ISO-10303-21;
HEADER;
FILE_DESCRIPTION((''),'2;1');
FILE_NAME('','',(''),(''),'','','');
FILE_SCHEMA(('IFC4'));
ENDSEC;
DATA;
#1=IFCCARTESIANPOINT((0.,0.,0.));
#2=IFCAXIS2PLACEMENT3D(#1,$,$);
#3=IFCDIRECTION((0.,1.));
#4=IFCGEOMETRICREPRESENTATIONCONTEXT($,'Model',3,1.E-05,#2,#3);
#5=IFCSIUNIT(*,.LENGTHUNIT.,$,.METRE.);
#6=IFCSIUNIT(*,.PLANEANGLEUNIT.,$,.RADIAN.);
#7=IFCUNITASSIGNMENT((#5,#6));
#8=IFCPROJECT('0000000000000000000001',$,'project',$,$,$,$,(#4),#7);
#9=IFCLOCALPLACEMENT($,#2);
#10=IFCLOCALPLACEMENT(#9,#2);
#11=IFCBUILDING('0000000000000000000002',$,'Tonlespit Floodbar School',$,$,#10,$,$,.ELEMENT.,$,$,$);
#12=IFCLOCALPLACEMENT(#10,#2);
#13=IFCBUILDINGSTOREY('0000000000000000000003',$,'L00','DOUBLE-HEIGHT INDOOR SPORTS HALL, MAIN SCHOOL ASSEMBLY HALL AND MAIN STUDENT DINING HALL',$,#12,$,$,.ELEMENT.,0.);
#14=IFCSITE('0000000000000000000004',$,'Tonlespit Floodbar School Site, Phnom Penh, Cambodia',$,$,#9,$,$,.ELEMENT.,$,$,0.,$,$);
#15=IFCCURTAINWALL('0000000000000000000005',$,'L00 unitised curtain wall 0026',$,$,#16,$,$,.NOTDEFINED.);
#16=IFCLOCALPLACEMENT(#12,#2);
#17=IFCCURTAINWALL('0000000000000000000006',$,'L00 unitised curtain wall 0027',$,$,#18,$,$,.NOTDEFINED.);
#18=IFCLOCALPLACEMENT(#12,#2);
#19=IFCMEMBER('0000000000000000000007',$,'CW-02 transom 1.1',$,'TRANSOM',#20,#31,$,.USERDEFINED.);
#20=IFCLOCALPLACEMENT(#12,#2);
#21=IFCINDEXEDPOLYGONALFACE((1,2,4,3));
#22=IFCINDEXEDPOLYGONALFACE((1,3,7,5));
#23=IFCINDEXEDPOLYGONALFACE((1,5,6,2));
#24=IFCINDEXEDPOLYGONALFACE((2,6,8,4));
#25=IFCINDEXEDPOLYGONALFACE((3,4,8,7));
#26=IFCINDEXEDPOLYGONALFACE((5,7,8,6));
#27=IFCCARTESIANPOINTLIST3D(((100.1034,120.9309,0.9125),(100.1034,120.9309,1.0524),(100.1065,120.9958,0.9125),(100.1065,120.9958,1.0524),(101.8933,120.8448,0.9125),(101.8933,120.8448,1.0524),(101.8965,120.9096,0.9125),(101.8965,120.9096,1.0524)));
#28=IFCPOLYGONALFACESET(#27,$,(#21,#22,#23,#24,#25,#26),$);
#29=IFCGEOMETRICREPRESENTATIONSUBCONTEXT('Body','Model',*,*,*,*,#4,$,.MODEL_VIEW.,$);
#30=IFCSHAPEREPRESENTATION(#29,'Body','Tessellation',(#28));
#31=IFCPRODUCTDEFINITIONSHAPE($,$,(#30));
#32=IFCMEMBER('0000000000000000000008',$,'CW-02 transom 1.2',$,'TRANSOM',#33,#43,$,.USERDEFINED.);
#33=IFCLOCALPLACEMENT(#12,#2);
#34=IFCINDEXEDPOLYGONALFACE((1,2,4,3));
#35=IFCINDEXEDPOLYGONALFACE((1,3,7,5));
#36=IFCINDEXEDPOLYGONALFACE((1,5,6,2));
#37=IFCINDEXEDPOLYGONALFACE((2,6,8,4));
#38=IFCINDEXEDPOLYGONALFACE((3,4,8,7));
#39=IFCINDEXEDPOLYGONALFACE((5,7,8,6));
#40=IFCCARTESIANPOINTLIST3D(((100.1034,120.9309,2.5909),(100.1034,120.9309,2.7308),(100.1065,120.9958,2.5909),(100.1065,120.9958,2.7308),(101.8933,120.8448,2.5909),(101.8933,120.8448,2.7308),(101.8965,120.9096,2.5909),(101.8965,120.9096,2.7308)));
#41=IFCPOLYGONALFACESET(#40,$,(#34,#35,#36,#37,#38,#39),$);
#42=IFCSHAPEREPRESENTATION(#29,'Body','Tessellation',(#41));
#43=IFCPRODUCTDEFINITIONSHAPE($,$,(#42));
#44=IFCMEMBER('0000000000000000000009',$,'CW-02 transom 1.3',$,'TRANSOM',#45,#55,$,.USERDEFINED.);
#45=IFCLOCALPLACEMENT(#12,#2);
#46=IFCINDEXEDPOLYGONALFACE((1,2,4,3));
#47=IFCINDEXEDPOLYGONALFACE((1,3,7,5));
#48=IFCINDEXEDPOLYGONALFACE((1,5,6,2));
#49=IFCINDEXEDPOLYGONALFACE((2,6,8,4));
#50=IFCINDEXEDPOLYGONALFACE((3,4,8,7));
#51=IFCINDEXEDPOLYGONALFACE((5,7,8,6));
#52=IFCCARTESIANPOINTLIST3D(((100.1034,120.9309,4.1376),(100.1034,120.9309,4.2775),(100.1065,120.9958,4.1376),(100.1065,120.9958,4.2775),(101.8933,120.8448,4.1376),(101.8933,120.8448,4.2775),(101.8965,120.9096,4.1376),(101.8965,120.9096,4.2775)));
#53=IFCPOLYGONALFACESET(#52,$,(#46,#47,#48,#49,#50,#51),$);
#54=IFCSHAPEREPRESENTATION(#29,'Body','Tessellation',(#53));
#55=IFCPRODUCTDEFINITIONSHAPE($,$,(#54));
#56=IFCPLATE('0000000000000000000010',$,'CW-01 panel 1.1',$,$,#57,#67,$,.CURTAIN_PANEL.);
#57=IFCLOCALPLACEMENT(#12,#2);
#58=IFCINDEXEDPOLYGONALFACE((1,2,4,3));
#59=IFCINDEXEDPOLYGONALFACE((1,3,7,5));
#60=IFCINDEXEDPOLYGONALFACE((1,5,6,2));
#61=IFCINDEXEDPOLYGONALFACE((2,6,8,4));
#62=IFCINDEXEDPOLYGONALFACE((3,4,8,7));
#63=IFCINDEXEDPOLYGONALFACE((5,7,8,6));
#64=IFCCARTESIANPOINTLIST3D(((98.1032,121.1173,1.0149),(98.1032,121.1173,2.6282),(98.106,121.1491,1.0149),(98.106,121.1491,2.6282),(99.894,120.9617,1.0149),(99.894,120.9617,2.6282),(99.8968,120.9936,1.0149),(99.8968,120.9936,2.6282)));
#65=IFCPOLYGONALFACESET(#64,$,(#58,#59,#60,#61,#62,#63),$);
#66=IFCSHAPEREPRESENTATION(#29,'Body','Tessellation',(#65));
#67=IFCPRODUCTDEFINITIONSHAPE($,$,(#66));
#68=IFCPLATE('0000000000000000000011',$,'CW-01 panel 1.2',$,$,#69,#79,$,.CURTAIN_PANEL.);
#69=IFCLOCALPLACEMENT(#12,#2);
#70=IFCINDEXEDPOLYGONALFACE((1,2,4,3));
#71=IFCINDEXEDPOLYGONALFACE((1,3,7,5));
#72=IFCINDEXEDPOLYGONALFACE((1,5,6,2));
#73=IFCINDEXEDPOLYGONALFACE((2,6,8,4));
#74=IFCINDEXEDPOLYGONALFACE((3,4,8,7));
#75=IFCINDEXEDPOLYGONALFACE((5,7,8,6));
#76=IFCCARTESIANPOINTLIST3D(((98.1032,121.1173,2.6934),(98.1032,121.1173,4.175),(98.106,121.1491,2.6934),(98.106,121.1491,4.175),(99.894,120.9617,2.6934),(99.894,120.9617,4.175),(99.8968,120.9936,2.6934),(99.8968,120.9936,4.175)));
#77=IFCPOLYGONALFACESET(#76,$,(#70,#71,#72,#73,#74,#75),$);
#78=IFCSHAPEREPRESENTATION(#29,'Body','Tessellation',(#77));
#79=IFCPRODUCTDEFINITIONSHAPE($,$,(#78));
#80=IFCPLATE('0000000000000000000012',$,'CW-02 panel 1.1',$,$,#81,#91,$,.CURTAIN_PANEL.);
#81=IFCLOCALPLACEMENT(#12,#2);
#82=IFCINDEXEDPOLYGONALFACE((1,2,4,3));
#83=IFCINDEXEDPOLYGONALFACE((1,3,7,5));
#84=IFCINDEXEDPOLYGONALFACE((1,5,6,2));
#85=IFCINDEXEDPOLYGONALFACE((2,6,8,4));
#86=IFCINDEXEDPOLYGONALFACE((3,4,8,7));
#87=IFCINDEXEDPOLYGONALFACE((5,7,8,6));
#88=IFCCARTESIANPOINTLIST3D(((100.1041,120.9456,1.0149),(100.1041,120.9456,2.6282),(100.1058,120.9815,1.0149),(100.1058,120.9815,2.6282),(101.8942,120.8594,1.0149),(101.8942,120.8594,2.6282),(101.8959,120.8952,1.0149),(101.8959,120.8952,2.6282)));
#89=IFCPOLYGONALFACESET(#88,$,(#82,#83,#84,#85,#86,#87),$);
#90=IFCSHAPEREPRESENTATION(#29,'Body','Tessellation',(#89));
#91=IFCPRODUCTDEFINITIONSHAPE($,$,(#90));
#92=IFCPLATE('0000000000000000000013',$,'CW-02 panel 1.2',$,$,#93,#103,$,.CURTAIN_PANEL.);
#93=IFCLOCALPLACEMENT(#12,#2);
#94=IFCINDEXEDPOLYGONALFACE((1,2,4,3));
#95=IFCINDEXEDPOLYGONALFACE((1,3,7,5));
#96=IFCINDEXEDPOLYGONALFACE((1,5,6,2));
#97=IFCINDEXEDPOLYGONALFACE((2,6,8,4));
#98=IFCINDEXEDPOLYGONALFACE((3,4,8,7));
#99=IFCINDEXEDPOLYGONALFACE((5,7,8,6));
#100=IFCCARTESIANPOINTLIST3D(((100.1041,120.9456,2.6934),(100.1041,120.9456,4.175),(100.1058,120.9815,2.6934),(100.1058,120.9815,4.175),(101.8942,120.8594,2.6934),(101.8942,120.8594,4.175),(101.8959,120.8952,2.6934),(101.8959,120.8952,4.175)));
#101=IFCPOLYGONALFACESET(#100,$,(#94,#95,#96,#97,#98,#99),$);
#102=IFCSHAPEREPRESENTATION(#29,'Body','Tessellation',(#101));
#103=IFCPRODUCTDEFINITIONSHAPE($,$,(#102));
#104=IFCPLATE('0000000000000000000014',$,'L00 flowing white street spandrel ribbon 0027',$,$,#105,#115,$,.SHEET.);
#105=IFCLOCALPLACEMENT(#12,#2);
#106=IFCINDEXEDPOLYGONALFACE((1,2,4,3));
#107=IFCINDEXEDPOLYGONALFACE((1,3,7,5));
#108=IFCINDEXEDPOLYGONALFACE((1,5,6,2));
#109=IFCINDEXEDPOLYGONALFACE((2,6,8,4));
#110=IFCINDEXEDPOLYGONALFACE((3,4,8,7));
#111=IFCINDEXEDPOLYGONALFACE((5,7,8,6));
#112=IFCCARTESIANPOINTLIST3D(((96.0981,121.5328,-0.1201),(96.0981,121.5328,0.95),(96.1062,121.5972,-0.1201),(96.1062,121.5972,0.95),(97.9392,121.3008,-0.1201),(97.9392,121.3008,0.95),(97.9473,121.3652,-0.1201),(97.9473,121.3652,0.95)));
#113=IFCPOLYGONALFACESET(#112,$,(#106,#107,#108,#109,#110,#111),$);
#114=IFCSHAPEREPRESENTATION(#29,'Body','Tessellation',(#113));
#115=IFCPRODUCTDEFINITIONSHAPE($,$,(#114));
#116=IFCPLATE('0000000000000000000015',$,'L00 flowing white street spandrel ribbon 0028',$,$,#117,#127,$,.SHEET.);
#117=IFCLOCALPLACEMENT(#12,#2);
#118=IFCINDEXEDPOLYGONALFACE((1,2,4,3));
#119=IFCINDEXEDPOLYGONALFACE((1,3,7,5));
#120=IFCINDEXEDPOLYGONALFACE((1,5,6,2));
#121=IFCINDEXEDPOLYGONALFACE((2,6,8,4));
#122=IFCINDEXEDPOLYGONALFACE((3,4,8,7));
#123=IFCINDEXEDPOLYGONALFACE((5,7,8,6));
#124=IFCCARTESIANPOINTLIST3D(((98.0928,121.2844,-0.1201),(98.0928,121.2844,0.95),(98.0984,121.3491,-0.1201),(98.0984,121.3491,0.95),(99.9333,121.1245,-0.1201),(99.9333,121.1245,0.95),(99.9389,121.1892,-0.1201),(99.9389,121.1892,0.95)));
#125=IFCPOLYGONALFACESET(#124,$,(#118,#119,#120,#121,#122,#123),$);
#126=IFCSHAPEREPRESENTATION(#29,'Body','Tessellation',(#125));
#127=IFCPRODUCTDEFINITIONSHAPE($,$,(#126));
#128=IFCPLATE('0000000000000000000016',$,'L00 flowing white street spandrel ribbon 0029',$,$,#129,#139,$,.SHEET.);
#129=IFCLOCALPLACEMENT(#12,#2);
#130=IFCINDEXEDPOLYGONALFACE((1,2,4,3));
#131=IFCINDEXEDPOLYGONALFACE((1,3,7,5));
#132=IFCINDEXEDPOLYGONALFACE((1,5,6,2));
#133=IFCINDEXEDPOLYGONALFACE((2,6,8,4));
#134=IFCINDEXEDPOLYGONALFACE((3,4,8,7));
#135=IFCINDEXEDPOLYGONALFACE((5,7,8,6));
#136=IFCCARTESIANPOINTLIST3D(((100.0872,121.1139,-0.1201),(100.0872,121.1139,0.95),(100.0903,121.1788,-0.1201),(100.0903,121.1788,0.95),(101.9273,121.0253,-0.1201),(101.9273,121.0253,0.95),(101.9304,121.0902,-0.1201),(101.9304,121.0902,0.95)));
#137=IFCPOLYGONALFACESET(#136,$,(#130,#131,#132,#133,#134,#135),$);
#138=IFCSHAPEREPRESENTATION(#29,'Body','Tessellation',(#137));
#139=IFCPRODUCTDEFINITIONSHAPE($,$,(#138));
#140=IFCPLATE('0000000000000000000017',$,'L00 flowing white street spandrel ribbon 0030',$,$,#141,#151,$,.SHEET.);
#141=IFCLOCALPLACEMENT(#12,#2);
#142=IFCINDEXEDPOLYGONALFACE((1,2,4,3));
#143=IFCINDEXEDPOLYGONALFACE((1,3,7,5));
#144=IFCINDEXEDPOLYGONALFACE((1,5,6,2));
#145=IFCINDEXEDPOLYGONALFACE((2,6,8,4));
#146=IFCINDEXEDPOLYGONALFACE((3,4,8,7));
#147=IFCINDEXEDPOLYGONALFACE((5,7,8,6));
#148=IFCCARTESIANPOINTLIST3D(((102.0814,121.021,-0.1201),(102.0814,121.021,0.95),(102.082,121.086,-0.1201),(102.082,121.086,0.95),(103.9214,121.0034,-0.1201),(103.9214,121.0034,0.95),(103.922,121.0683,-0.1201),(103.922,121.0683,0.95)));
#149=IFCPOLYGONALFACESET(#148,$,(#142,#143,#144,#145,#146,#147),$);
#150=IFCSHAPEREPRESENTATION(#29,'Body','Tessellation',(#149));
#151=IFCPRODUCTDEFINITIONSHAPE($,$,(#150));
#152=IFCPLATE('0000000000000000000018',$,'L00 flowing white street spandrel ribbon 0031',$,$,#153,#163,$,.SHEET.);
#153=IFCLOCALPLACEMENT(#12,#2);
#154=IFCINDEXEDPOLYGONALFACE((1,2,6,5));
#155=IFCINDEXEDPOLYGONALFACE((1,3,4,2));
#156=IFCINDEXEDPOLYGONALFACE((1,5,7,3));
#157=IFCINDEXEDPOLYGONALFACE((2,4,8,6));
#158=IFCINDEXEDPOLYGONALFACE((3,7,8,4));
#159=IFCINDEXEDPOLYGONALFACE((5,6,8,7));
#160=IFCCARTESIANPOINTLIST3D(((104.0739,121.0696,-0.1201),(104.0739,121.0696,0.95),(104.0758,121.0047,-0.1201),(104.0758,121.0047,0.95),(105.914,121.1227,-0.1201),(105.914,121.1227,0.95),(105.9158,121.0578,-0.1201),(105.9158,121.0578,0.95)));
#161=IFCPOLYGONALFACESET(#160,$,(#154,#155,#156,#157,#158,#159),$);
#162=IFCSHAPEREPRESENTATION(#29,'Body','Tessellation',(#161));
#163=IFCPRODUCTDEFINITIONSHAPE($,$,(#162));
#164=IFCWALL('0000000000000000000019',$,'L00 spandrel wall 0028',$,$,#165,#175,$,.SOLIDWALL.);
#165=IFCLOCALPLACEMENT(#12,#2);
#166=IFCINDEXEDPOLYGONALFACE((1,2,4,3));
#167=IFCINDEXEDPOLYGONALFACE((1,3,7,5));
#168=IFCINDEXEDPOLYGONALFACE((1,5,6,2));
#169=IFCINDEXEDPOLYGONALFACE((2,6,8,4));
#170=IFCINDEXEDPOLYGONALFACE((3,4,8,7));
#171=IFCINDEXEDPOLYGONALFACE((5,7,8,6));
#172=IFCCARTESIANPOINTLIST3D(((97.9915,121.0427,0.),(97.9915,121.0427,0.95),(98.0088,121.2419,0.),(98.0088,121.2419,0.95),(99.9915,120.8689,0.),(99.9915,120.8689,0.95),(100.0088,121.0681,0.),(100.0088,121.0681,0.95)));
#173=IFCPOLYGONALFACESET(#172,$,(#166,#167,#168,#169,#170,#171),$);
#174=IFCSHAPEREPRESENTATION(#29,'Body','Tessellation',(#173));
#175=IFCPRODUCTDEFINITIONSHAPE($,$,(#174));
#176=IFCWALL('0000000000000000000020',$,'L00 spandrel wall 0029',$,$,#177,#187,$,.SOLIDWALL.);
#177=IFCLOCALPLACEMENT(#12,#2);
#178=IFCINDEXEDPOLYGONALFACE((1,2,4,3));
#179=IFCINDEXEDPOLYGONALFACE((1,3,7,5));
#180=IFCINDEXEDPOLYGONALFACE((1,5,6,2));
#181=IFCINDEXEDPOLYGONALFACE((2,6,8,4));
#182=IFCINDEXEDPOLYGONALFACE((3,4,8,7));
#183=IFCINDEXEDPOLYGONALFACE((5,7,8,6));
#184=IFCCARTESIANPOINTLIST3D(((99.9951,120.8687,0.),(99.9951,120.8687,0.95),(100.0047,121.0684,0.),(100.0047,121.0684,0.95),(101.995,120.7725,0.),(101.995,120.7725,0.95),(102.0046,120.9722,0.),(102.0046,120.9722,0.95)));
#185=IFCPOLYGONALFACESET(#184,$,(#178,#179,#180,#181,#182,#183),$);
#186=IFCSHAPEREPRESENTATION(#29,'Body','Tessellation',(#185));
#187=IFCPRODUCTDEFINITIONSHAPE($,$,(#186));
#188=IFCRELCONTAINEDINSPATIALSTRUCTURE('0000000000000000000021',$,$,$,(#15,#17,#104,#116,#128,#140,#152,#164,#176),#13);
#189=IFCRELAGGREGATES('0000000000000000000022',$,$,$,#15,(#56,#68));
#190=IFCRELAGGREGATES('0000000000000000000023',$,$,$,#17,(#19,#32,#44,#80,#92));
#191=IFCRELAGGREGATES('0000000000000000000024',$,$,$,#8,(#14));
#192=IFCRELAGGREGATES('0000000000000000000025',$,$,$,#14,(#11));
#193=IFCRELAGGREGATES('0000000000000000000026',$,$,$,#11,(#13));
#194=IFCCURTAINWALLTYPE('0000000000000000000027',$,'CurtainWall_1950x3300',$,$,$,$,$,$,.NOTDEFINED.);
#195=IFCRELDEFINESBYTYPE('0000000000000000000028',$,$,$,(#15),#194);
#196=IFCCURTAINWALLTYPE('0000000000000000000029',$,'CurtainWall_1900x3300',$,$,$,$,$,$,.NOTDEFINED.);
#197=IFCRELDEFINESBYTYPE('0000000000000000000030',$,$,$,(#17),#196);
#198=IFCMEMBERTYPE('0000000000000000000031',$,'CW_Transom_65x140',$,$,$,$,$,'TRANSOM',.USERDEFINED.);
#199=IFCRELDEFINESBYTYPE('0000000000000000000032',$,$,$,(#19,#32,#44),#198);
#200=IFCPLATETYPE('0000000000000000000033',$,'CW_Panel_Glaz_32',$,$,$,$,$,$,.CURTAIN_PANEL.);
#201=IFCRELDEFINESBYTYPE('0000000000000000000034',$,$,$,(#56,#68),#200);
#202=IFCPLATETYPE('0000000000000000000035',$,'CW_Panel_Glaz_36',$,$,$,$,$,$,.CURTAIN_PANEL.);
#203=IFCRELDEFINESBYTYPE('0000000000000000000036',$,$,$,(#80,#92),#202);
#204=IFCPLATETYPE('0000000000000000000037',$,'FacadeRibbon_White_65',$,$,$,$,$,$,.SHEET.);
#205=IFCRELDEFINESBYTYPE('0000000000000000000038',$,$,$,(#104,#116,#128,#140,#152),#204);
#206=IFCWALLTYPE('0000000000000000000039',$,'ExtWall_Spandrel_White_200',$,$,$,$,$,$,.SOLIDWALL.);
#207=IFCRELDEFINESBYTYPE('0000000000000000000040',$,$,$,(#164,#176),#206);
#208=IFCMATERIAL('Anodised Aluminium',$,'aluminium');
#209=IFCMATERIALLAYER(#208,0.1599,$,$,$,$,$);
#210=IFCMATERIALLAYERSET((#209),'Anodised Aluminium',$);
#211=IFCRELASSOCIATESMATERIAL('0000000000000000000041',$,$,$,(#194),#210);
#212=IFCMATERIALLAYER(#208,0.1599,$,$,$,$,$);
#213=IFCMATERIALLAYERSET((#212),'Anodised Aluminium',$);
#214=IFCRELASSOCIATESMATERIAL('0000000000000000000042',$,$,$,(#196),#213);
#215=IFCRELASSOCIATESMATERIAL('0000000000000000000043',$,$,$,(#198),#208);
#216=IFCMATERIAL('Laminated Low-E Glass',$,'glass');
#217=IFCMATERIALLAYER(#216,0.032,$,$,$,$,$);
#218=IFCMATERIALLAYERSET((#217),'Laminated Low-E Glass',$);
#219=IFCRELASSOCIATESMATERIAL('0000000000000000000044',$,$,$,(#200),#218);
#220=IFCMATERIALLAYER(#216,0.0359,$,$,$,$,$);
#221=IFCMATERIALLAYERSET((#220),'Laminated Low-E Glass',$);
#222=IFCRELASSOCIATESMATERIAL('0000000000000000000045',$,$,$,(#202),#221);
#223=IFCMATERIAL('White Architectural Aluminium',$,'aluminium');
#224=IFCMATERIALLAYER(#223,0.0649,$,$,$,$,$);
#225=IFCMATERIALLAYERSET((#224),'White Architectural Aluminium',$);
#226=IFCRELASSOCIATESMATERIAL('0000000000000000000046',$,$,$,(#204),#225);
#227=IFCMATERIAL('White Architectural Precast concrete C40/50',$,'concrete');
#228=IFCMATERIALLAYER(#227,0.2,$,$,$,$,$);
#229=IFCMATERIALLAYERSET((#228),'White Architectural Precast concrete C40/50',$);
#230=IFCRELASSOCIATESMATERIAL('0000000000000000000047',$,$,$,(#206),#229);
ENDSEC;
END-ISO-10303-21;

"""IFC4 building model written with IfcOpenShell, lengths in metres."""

from ifc_helpers import new_model, si_unit, direction, frame, frame_2d, origin, origin_2d, place, context, subcontext, project, spatial, rectangle, extrude, material, layer, layer_set, material_profile, profile_set, type_object, element, aggregate, save


model = new_model("IFC4")

# Units and contexts
model_context = context("Model", 3, precision=1e-05, world=origin(), true_north=direction((0.0, 1.0)))
body_context = subcontext(model_context, "Body", "Model", "MODEL_VIEW")
ifc_project = project(units=[si_unit("LENGTHUNIT", "METRE"), si_unit("PLANEANGLEUNIT", "RADIAN")], contexts=[model_context])

# Site, building, storey
site_placement = place(None, origin())
site = spatial("IfcSite", under=ifc_project, at=site_placement, Name="Tonlespit Floodbar School Site, Phnom Penh, Cambodia", CompositionType="ELEMENT", RefElevation=0.0)
building_placement = place(site_placement, origin())
building = spatial("IfcBuilding", under=site, at=building_placement, Name="Tonlespit Floodbar School", CompositionType="ELEMENT")
storey_placement = place(building_placement, origin())
storey = spatial("IfcBuildingStorey", under=building, at=storey_placement, Name="L00", Description="DOUBLE-HEIGHT INDOOR SPORTS HALL, MAIN SCHOOL ASSEMBLY HALL AND MAIN STUDENT DINING HALL", CompositionType="ELEMENT", Elevation=0.0)

# Curtain wall
ifc_material_1 = material(Name="Anodised Aluminium", Category="aluminium")
ifc_layer_1 = layer(ifc_material_1, 0.1599)
ifc_layer_set_1 = layer_set([ifc_layer_1], Name="Anodised Aluminium")
curtain_wall_type_1 = type_object("IfcCurtainWallType", Name="CurtainWall_1950x3300", PredefinedType="NOTDEFINED", material=ifc_layer_set_1)
curtain_wall_1_placement = place(storey_placement, origin())
curtain_wall_1 = element("IfcCurtainWall", 1, at=curtain_wall_1_placement, inside=storey, type_object=curtain_wall_type_1, Name="L00 unitised curtain wall 0026", PredefinedType="NOTDEFINED")

# Curtain wall
ifc_layer_2 = layer(ifc_material_1, 0.1599)
ifc_layer_set_2 = layer_set([ifc_layer_2], Name="Anodised Aluminium")
curtain_wall_type_2 = type_object("IfcCurtainWallType", Name="CurtainWall_1900x3300", PredefinedType="NOTDEFINED", material=ifc_layer_set_2)
curtain_wall_2_placement = place(storey_placement, origin())
curtain_wall_2 = element("IfcCurtainWall", 2, at=curtain_wall_2_placement, inside=storey, type_object=curtain_wall_type_2, Name="L00 unitised curtain wall 0027", PredefinedType="NOTDEFINED")

# Members
ifc_material_profile_1 = material_profile(ifc_material_1, rectangle(XDim=0.0649, YDim=0.1399, at=origin_2d()), Name="ALU T65x140")
ifc_profile_set_1 = profile_set([ifc_material_profile_1], Name="Anodised Aluminium")
member_type_1 = type_object("IfcMemberType", Name="CW_Transom_65x140", ElementType="TRANSOM", PredefinedType="USERDEFINED", material=ifc_profile_set_1)
member_1_placement = place(storey_placement, frame((100.105, 120.9634, 0.9824), z_axis=(0.998843, -0.048089, 0.0), x_axis=(0.048089, 0.998843, 0.0)))
member_1 = element("IfcMember", 3, at=member_1_placement, type_object=member_type_1, Name="CW-02 transom 1.1", ObjectType="TRANSOM", PredefinedType="USERDEFINED", context=body_context, shape_type="SweptSolid", body=[
    extrude(rectangle(XDim=0.0649, YDim=0.1399, at=origin_2d()), origin(), (0.0, 0.0, 1.0), 1.792),
])
member_2_placement = place(storey_placement, frame((100.105, 120.9634, 2.6609), z_axis=(0.998843, -0.048089, 0.0), x_axis=(0.048089, 0.998843, 0.0)))
member_2 = element("IfcMember", 4, at=member_2_placement, type_object=member_type_1, Name="CW-02 transom 1.2", ObjectType="TRANSOM", PredefinedType="USERDEFINED", context=body_context, shape_type="SweptSolid", body=[
    extrude(rectangle(XDim=0.0649, YDim=0.1399, at=origin_2d()), origin(), (0.0, 0.0, 1.0), 1.792),
])
member_3_placement = place(storey_placement, frame((100.105, 120.9634, 4.2075), z_axis=(0.998843, -0.048089, 0.0), x_axis=(0.048089, 0.998843, 0.0)))
member_3 = element("IfcMember", 5, at=member_3_placement, type_object=member_type_1, Name="CW-02 transom 1.3", ObjectType="TRANSOM", PredefinedType="USERDEFINED", context=body_context, shape_type="SweptSolid", body=[
    extrude(rectangle(XDim=0.0649, YDim=0.1399, at=origin_2d()), origin(), (0.0, 0.0, 1.0), 1.792),
])

# Plates
ifc_material_2 = material(Name="Laminated Low-E Glass", Category="glass")
ifc_layer_3 = layer(ifc_material_2, 0.032)
ifc_layer_set_3 = layer_set([ifc_layer_3], Name="Laminated Low-E Glass")
plate_type_1 = type_object("IfcPlateType", Name="CW_Panel_Glaz_32", PredefinedType="CURTAIN_PANEL", material=ifc_layer_set_3)
plate_1_placement = place(storey_placement, frame((99.0, 121.0554, 1.0149), z_axis=(0.0, 0.0, 1.0), x_axis=(0.996249, -0.086531, 0.0)))
plate_1 = element("IfcPlate", 6, at=plate_1_placement, type_object=plate_type_1, Name="CW-01 panel 1.1", PredefinedType="CURTAIN_PANEL", context=body_context, shape_type="SweptSolid", body=[
    extrude(rectangle(XDim=1.7976, YDim=0.032, at=origin_2d()), origin(), (0.0, 0.0, 1.0), 1.6133),
])
plate_2_placement = place(storey_placement, frame((99.0, 121.0554, 2.6934), z_axis=(0.0, 0.0, 1.0), x_axis=(0.996249, -0.086531, 0.0)))
plate_2 = element("IfcPlate", 7, at=plate_2_placement, type_object=plate_type_1, Name="CW-01 panel 1.2", PredefinedType="CURTAIN_PANEL", context=body_context, shape_type="SweptSolid", body=[
    extrude(rectangle(XDim=1.7976, YDim=0.032, at=origin_2d()), origin(), (0.0, 0.0, 1.0), 1.4817),
])
aggregate(curtain_wall_1, [plate_1, plate_2])
ifc_layer_4 = layer(ifc_material_2, 0.0359)
ifc_layer_set_4 = layer_set([ifc_layer_4], Name="Laminated Low-E Glass")
plate_type_2 = type_object("IfcPlateType", Name="CW_Panel_Glaz_36", PredefinedType="CURTAIN_PANEL", material=ifc_layer_set_4)
plate_3_placement = place(storey_placement, frame((101.0, 120.9204, 1.0149), z_axis=(0.0, 0.0, 1.0), x_axis=(0.998842, -0.048121, 0.0)))
plate_3 = element("IfcPlate", 8, at=plate_3_placement, type_object=plate_type_2, Name="CW-02 panel 1.1", PredefinedType="CURTAIN_PANEL", context=body_context, shape_type="SweptSolid", body=[
    extrude(rectangle(XDim=1.7922, YDim=0.0359, at=origin_2d()), origin(), (0.0, 0.0, 1.0), 1.6133),
])
plate_4_placement = place(storey_placement, frame((101.0, 120.9204, 2.6934), z_axis=(0.0, 0.0, 1.0), x_axis=(0.998842, -0.048121, 0.0)))
plate_4 = element("IfcPlate", 9, at=plate_4_placement, type_object=plate_type_2, Name="CW-02 panel 1.2", PredefinedType="CURTAIN_PANEL", context=body_context, shape_type="SweptSolid", body=[
    extrude(rectangle(XDim=1.7922, YDim=0.0359, at=origin_2d()), origin(), (0.0, 0.0, 1.0), 1.4817),
])
aggregate(curtain_wall_2, [member_1, member_2, member_3, plate_3, plate_4])

# Plates
ifc_material_3 = material(Name="White Architectural Aluminium", Category="aluminium")
ifc_layer_5 = layer(ifc_material_3, 0.0649)
ifc_layer_set_5 = layer_set([ifc_layer_5], Name="White Architectural Aluminium")
plate_type_3 = type_object("IfcPlateType", Name="FacadeRibbon_White_65", PredefinedType="SHEET", material=ifc_layer_set_5)
plate_5_placement = place(storey_placement, frame((97.0227, 121.449, -0.1201), z_axis=(0.0, 0.0, 1.0), x_axis=(0.992155, -0.125011, 0.0)))
element("IfcPlate", 10, at=plate_5_placement, inside=storey, type_object=plate_type_3, Name="L00 flowing white street spandrel ribbon 0027", PredefinedType="SHEET", context=body_context, shape_type="SweptSolid", body=[
    extrude(rectangle(XDim=1.8557, YDim=0.0649, at=origin_2d()), origin(), (0.0, 0.0, 1.0), 1.0701),
])
plate_6_placement = place(storey_placement, frame((99.0159, 121.2368, -0.1201), z_axis=(0.0, 0.0, 1.0), x_axis=(0.996245, -0.086573, 0.0)))
element("IfcPlate", 11, at=plate_6_placement, inside=storey, type_object=plate_type_3, Name="L00 flowing white street spandrel ribbon 0028", PredefinedType="SHEET", context=body_context, shape_type="SweptSolid", body=[
    extrude(rectangle(XDim=1.8474, YDim=0.0649, at=origin_2d()), origin(), (0.0, 0.0, 1.0), 1.0701),
])
plate_7_placement = place(storey_placement, frame((101.0088, 121.1021, -0.1201), z_axis=(0.0, 0.0, 1.0), x_axis=(0.998843, -0.048095, 0.0)))
element("IfcPlate", 12, at=plate_7_placement, inside=storey, type_object=plate_type_3, Name="L00 flowing white street spandrel ribbon 0029", PredefinedType="SHEET", context=body_context, shape_type="SweptSolid", body=[
    extrude(rectangle(XDim=1.8423, YDim=0.0649, at=origin_2d()), origin(), (0.0, 0.0, 1.0), 1.0701),
])
plate_8_placement = place(storey_placement, frame((103.0017, 121.0447, -0.1201), z_axis=(0.0, 0.0, 1.0), x_axis=(0.999954, -0.009599, 0.0)))
element("IfcPlate", 13, at=plate_8_placement, inside=storey, type_object=plate_type_3, Name="L00 flowing white street spandrel ribbon 0030", PredefinedType="SHEET", context=body_context, shape_type="SweptSolid", body=[
    extrude(rectangle(XDim=1.8401, YDim=0.0649, at=origin_2d()), origin(), (0.0, 0.0, 1.0), 1.0701),
])
plate_9_placement = place(storey_placement, frame((104.9949, 121.0637, -0.1201), z_axis=(0.0, 0.0, 1.0), x_axis=(0.999584, 0.028838, 0.0)))
element("IfcPlate", 14, at=plate_9_placement, inside=storey, type_object=plate_type_3, Name="L00 flowing white street spandrel ribbon 0031", PredefinedType="SHEET", context=body_context, shape_type="SweptSolid", body=[
    extrude(rectangle(XDim=1.8408, YDim=0.0649, at=origin_2d()), origin(), (0.0, 0.0, 1.0), 1.0701),
])

# Walls
ifc_material_4 = material(Name="White Architectural Precast concrete C40/50", Category="concrete")
ifc_layer_6 = layer(ifc_material_4, 0.2)
ifc_layer_set_6 = layer_set([ifc_layer_6], Name="White Architectural Precast concrete C40/50")
wall_type = type_object("IfcWallType", Name="ExtWall_Spandrel_White_200", PredefinedType="SOLIDWALL", material=ifc_layer_set_6)
wall_1_placement = place(storey_placement, frame((98.0, 121.1423, 0.0), z_axis=(0.0, 0.0, 1.0), x_axis=(0.996244, -0.086588, 0.0)))
element("IfcWall", 15, at=wall_1_placement, inside=storey, type_object=wall_type, Name="L00 spandrel wall 0028", PredefinedType="SOLIDWALL", context=body_context, shape_type="SweptSolid", body=[
    extrude(rectangle(XDim=2.0076, YDim=0.2, at=frame_2d((1.0039, 0.0))), origin(), (0.0, 0.0, 1.0), 0.95),
])
wall_2_placement = place(storey_placement, frame((100.0, 120.9685, 0.0), z_axis=(0.0, 0.0, 1.0), x_axis=(0.998845, -0.04804, 0.0)))
element("IfcWall", 16, at=wall_2_placement, inside=storey, type_object=wall_type, Name="L00 spandrel wall 0029", PredefinedType="SOLIDWALL", context=body_context, shape_type="SweptSolid", body=[
    extrude(rectangle(XDim=2.0022, YDim=0.2, at=frame_2d((1.001, 0.0))), origin(), (0.0, 0.0, 1.0), 0.95),
])

save(model, "model.ifc")
